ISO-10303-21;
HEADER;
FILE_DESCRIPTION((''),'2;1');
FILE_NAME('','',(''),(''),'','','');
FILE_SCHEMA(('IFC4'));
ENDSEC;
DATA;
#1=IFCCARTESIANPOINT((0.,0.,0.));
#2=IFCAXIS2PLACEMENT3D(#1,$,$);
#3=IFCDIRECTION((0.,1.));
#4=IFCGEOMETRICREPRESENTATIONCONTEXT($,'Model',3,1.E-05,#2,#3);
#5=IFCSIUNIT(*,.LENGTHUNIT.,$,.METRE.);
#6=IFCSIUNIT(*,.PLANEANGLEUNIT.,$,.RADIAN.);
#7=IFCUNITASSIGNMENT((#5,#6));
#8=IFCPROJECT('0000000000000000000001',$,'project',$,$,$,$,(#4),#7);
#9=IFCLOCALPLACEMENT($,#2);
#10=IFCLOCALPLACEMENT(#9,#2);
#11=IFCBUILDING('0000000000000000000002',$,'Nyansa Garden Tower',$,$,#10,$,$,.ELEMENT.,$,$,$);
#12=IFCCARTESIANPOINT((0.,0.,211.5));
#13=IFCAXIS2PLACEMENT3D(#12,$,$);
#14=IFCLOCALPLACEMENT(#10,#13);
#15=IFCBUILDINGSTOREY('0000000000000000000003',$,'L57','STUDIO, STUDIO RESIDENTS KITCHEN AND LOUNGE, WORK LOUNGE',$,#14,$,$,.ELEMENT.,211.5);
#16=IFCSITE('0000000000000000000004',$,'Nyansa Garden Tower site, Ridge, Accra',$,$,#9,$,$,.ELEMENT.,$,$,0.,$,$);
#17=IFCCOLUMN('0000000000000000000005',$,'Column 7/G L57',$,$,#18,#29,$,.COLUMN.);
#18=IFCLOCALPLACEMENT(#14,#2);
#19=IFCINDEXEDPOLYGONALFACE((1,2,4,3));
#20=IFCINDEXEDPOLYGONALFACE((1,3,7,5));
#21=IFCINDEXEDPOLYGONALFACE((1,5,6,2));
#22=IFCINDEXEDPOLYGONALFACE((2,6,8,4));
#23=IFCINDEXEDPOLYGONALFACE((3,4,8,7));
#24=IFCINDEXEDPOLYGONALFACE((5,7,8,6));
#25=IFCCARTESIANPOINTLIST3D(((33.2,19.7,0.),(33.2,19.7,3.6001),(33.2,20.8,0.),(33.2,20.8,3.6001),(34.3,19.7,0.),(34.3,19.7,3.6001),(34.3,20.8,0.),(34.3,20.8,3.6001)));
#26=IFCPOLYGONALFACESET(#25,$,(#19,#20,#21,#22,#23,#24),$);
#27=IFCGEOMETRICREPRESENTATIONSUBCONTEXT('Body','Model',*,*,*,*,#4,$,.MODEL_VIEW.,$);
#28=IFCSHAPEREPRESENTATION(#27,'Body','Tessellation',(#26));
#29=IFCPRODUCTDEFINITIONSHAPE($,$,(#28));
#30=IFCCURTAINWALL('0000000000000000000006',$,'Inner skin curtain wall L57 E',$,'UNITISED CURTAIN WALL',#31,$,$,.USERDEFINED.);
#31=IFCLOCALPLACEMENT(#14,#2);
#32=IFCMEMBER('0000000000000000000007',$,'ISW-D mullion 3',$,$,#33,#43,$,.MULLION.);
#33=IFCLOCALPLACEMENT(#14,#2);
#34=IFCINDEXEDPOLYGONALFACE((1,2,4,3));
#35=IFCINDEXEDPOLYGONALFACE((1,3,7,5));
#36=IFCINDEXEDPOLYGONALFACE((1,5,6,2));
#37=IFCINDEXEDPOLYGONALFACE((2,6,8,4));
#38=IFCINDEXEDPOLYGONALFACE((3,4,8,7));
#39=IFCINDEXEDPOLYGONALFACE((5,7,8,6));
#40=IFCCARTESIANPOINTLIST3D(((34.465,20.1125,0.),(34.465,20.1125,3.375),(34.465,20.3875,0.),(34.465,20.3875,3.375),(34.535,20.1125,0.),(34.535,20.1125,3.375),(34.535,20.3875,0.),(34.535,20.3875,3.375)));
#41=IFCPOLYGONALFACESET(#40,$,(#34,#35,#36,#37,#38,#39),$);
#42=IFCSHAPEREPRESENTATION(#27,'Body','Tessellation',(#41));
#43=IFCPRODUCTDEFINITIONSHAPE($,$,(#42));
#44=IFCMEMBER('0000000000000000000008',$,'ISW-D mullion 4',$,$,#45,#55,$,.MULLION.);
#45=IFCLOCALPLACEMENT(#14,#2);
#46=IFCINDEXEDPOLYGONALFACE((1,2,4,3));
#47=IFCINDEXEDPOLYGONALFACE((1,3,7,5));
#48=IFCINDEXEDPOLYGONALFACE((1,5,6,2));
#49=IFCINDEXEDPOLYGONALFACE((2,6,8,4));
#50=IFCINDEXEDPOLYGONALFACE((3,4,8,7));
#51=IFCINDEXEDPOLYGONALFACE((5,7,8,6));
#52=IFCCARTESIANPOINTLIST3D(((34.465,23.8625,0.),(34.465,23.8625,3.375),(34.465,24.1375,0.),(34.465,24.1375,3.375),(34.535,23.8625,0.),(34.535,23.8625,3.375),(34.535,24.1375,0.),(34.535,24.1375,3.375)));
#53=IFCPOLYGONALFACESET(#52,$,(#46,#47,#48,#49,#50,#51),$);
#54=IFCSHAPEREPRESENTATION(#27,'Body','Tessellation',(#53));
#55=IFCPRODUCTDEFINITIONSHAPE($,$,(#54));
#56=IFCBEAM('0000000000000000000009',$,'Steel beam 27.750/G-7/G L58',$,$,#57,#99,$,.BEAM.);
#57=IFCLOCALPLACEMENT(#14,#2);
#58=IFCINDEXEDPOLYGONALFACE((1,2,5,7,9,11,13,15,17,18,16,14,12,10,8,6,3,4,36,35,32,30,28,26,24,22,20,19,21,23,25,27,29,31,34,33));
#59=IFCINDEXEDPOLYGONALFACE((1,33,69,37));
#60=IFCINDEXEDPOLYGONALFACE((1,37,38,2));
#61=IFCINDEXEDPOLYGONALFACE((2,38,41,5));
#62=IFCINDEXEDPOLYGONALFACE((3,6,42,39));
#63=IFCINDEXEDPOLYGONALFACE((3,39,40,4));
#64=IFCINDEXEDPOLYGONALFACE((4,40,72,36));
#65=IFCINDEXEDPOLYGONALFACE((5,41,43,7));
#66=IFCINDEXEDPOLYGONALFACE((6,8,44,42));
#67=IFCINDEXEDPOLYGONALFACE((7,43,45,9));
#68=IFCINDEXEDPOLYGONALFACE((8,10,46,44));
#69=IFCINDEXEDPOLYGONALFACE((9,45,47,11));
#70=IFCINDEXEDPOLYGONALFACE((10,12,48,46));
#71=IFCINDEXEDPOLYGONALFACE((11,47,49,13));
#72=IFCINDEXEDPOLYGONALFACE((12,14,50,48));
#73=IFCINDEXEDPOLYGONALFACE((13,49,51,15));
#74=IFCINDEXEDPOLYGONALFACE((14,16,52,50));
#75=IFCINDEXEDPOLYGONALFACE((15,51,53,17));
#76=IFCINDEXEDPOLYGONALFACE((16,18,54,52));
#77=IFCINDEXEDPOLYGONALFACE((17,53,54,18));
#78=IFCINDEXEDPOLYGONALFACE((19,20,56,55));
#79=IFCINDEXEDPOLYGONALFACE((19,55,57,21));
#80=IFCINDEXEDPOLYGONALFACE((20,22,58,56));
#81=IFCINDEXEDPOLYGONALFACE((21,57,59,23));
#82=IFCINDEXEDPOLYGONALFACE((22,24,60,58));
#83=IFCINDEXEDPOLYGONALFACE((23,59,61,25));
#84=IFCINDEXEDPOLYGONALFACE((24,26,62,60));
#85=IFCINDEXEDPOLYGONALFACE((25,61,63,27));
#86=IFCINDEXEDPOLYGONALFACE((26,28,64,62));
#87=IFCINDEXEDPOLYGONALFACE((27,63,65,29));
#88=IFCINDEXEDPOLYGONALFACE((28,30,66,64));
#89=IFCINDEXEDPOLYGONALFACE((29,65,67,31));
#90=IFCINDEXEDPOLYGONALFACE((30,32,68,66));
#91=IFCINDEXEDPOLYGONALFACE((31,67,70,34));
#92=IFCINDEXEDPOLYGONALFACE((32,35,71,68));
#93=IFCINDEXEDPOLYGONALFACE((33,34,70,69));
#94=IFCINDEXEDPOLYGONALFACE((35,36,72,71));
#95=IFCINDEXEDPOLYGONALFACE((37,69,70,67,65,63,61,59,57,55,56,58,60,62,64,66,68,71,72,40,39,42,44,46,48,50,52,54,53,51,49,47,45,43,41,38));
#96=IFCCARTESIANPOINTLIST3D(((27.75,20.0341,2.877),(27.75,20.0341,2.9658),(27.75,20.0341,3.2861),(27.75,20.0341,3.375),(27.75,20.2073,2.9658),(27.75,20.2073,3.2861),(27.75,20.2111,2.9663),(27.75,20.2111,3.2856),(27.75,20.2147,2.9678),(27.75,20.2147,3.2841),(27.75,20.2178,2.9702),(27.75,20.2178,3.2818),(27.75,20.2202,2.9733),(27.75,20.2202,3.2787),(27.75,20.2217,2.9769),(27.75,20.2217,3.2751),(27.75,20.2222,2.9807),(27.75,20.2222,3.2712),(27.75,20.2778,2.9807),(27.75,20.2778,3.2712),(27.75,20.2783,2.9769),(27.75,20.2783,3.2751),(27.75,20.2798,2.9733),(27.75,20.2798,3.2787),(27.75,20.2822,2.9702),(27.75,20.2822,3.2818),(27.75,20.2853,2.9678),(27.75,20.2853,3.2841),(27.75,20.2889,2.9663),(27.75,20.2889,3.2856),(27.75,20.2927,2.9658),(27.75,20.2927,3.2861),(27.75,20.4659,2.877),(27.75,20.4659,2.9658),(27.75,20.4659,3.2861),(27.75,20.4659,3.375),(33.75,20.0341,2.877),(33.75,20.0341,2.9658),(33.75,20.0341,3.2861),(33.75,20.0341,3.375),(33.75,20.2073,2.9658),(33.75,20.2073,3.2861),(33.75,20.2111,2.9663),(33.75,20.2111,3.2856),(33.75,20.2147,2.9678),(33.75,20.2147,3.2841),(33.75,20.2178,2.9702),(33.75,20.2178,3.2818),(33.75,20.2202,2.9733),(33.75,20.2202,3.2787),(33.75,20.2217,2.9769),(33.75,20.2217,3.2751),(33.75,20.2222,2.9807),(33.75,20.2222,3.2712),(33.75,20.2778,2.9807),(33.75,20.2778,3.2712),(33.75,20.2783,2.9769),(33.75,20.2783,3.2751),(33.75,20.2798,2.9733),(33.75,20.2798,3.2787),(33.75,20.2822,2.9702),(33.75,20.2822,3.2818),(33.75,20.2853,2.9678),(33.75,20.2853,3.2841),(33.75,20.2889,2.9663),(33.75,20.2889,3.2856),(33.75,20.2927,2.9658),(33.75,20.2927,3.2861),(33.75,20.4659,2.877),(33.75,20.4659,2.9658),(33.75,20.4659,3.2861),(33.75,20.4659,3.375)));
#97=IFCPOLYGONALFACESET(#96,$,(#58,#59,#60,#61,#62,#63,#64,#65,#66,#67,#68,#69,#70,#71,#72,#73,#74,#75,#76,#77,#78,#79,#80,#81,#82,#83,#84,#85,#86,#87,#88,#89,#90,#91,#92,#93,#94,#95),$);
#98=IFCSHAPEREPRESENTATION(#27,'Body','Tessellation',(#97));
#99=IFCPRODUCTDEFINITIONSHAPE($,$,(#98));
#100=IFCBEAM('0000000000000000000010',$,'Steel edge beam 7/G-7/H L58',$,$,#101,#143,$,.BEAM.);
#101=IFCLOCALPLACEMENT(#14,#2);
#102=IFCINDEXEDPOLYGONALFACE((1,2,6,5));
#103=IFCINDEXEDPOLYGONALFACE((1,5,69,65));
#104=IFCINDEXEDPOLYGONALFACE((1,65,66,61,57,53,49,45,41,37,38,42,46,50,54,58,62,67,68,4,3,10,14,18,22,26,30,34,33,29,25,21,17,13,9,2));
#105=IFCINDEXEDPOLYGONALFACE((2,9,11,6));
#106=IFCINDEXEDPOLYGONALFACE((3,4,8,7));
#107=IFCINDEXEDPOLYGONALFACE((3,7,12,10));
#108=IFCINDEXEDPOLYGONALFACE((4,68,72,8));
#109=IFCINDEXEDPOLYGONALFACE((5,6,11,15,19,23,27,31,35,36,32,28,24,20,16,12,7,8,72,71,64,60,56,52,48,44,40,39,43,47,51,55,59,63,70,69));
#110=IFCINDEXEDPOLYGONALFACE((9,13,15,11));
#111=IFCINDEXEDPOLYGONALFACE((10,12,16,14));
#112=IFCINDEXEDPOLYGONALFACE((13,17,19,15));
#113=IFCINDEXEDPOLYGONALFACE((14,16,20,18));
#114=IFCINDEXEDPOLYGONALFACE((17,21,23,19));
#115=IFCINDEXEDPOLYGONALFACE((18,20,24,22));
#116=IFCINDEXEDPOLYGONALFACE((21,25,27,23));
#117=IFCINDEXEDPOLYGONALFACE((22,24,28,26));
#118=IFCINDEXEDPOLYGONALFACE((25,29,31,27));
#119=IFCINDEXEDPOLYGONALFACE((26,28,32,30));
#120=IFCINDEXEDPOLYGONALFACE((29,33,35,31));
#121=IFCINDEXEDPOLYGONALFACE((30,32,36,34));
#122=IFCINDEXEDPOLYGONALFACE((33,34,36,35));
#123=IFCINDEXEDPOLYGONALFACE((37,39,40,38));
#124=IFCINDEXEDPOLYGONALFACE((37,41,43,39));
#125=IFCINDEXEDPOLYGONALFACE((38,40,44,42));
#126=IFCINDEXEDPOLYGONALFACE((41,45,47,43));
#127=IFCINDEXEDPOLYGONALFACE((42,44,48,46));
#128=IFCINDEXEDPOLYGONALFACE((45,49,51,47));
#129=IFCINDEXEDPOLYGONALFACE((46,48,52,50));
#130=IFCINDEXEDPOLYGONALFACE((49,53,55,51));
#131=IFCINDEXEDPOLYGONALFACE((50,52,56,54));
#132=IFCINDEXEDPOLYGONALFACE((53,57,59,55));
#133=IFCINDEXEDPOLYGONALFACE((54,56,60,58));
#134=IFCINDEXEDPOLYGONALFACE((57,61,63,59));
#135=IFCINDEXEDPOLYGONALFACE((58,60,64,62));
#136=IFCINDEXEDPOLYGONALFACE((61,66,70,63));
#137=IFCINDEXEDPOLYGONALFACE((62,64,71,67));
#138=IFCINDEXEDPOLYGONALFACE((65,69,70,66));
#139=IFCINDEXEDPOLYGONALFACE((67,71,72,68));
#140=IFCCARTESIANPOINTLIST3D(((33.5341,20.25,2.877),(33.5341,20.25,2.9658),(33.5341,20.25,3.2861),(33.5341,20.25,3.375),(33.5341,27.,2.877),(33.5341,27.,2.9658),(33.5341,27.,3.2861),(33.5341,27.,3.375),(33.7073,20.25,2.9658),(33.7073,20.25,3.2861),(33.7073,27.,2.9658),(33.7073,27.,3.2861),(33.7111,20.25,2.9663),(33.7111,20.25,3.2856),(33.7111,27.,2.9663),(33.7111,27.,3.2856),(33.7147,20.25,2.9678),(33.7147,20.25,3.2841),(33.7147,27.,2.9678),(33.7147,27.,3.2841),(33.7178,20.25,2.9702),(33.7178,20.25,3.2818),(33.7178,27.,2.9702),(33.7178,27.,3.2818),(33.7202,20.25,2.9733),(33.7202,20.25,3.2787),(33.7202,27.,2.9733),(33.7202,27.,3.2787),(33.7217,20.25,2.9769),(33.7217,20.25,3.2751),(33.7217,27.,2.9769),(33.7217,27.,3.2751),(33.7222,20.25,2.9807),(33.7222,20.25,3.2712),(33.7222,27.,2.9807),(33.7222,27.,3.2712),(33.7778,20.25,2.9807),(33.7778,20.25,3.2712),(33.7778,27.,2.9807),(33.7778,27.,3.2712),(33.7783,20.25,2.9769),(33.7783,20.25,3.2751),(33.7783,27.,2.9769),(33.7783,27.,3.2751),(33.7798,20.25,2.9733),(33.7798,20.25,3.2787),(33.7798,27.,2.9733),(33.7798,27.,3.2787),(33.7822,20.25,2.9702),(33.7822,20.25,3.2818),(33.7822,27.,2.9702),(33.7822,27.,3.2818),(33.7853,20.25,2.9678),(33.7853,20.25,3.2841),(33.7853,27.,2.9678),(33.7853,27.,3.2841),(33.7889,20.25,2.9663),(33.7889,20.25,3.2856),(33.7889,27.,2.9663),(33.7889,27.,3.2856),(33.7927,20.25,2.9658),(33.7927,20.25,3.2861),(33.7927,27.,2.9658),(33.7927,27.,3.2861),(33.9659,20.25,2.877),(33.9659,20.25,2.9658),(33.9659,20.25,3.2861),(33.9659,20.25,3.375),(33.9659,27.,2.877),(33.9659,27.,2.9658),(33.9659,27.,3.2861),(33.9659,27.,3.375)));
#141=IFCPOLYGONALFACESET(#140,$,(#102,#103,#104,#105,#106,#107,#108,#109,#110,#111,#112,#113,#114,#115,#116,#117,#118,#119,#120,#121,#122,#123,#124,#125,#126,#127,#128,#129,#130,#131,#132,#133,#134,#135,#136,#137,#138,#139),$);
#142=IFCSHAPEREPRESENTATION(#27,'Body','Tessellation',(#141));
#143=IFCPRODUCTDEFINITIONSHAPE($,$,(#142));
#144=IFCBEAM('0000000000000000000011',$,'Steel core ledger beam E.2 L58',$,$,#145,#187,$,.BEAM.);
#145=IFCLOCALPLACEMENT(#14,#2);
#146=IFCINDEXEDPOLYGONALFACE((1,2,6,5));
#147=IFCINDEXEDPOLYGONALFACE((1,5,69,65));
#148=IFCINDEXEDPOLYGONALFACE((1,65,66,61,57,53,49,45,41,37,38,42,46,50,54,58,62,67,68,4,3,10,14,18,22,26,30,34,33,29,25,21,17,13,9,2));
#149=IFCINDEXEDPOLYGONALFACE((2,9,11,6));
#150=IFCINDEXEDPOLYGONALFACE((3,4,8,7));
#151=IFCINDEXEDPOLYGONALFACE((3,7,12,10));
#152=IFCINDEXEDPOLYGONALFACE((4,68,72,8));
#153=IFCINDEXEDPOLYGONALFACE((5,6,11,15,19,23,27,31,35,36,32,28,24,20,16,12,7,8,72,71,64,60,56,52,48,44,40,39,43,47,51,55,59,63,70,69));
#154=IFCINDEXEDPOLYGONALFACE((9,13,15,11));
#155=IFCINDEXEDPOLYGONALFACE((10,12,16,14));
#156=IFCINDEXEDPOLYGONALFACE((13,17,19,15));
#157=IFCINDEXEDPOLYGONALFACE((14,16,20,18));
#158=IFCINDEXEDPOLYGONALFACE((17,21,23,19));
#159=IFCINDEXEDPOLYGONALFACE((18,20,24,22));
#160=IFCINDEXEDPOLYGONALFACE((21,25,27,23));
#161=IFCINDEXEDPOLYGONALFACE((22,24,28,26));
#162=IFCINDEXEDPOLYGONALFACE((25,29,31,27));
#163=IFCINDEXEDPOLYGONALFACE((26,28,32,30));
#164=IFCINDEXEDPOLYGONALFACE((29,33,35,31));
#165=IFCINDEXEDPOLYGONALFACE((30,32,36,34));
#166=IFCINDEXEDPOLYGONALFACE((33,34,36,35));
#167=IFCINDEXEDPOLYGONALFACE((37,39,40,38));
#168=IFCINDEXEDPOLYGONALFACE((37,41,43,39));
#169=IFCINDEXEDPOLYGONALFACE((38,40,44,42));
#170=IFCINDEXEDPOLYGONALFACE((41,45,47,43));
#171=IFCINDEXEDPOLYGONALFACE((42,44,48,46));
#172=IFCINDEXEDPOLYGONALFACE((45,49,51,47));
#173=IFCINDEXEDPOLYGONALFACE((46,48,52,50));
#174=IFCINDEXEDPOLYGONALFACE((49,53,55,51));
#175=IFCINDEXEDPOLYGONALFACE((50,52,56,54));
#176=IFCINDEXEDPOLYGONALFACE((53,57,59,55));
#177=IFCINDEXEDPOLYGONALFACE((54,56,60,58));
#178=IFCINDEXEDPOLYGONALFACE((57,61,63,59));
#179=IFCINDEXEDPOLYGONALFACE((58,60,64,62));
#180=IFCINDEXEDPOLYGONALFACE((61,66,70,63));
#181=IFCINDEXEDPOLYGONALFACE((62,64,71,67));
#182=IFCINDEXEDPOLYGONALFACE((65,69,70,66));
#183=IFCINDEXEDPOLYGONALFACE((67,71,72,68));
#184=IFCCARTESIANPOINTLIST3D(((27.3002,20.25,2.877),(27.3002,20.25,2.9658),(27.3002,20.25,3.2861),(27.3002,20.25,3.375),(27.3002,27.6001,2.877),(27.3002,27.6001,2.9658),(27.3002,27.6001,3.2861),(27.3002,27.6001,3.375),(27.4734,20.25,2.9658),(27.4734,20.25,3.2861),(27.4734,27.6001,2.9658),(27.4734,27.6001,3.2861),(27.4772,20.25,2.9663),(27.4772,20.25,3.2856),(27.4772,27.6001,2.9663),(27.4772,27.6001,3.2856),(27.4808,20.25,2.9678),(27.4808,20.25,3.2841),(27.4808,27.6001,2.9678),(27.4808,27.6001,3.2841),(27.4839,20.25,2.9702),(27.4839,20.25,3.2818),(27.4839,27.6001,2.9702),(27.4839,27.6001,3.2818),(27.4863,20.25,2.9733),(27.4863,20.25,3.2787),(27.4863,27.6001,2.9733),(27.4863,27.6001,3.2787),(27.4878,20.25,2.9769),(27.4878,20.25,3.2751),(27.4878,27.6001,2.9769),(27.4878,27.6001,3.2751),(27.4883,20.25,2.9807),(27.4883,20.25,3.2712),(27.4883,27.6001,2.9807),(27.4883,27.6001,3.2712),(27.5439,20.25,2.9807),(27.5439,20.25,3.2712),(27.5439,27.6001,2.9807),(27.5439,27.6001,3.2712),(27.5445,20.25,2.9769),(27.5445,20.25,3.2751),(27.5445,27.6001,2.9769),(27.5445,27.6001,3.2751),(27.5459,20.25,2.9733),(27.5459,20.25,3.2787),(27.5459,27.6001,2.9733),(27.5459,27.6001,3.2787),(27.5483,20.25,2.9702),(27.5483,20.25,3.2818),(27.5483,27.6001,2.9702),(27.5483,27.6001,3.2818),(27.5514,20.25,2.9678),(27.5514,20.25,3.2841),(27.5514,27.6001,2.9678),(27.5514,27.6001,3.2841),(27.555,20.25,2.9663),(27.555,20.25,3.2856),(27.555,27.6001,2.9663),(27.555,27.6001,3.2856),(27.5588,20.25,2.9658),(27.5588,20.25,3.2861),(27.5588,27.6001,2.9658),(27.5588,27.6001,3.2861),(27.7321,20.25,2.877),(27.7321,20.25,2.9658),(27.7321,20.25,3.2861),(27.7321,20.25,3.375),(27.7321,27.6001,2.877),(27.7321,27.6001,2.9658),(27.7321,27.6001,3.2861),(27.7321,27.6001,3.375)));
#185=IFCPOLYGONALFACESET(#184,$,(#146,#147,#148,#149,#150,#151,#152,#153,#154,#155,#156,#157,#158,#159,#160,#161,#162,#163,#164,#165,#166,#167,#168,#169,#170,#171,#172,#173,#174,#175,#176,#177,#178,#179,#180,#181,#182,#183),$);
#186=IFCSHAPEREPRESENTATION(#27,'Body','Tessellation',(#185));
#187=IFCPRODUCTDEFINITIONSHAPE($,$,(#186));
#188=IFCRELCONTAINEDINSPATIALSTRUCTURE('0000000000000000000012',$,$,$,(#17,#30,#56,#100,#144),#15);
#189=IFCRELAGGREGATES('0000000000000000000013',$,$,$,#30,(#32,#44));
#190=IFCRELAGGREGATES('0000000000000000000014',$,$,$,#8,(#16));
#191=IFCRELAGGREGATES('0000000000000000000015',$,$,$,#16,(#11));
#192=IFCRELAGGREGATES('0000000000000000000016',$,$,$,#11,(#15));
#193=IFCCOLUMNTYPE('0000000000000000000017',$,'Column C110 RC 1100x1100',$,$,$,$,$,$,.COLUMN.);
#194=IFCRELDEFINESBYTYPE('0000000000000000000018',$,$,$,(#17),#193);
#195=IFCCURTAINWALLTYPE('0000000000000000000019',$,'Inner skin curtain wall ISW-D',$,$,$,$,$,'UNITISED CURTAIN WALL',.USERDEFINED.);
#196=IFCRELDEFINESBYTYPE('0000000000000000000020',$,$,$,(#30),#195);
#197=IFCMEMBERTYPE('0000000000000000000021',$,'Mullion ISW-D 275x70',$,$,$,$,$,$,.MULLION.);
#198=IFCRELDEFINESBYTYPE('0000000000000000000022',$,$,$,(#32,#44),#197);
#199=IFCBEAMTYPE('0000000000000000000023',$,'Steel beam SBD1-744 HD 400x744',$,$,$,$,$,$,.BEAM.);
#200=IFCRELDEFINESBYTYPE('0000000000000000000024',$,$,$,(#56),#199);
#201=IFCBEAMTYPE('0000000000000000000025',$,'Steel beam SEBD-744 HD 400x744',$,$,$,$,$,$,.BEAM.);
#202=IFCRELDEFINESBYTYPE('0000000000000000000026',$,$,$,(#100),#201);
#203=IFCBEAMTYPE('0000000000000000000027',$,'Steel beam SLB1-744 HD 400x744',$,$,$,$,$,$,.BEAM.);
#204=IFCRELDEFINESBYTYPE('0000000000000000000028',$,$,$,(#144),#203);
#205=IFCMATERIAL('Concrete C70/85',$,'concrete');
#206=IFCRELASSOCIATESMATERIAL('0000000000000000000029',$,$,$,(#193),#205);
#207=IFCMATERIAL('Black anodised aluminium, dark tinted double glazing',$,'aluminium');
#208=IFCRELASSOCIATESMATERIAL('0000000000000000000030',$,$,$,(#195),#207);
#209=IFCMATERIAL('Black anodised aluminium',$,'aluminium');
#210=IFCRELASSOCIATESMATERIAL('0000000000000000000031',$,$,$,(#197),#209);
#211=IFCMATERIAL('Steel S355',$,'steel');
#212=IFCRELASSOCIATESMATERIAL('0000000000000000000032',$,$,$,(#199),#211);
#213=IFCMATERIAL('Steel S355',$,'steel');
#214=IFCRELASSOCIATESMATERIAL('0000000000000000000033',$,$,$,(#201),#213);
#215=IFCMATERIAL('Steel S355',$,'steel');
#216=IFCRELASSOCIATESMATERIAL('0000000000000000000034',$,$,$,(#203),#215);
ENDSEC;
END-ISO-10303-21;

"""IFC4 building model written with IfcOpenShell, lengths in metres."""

from ifc_helpers import new_model, si_unit, direction, frame, origin, origin_2d, place, context, subcontext, project, spatial, rectangle, i_section, extrude, material, material_profile, profile_set, type_object, element, aggregate, save


model = new_model("IFC4")

# Units and contexts
model_context = context("Model", 3, precision=1e-05, world=origin(), true_north=direction((0.0, 1.0)))
body_context = subcontext(model_context, "Body", "Model", "MODEL_VIEW")
ifc_project = project(units=[si_unit("LENGTHUNIT", "METRE"), si_unit("PLANEANGLEUNIT", "RADIAN")], contexts=[model_context])

# Site, building, storey
site_placement = place(None, origin())
site = spatial("IfcSite", under=ifc_project, at=site_placement, Name="Nyansa Garden Tower site, Ridge, Accra", CompositionType="ELEMENT", RefElevation=0.0)
building_placement = place(site_placement, origin())
building = spatial("IfcBuilding", under=site, at=building_placement, Name="Nyansa Garden Tower", CompositionType="ELEMENT")
storey_placement = place(building_placement, frame((0.0, 0.0, 211.5)))
storey = spatial("IfcBuildingStorey", under=building, at=storey_placement, Name="L57", Description="STUDIO, STUDIO RESIDENTS KITCHEN AND LOUNGE, WORK LOUNGE", CompositionType="ELEMENT", Elevation=211.5)

# Column
ifc_material_1 = material(Name="Concrete C70/85", Category="concrete")
ifc_material_profile_1 = material_profile(ifc_material_1, rectangle(XDim=1.1001, YDim=1.1001, at=origin_2d()), Name="RC 1100x1100")
ifc_profile_set_1 = profile_set([ifc_material_profile_1], Name="Concrete C70/85")
column_type = type_object("IfcColumnType", Name="Column C110 RC 1100x1100", PredefinedType="COLUMN", material=ifc_profile_set_1)
column_placement = place(storey_placement, frame((33.75, 20.25, 0.0), z_axis=(0.0, 0.0, 1.0), x_axis=(1.0, 0.0, 0.0)))
element("IfcColumn", 1, at=column_placement, inside=storey, type_object=column_type, Name="Column 7/G L57", PredefinedType="COLUMN", context=body_context, shape_type="SweptSolid", body=[
    extrude(rectangle(XDim=1.1001, YDim=1.1001, at=origin_2d()), origin(), (0.0, 0.0, 1.0), 3.6001),
])

# Curtain wall, members
ifc_material_2 = material(Name="Black anodised aluminium, dark tinted double glazing", Category="aluminium")
curtain_wall_type = type_object("IfcCurtainWallType", Name="Inner skin curtain wall ISW-D", ElementType="UNITISED CURTAIN WALL", PredefinedType="USERDEFINED", material=ifc_material_2)
curtain_wall_placement = place(storey_placement, origin())
curtain_wall = element("IfcCurtainWall", 2, at=curtain_wall_placement, inside=storey, type_object=curtain_wall_type, Name="Inner skin curtain wall L57 E", ObjectType="UNITISED CURTAIN WALL", PredefinedType="USERDEFINED")
ifc_material_3 = material(Name="Black anodised aluminium", Category="aluminium")
ifc_material_profile_2 = material_profile(ifc_material_3, rectangle(XDim=0.0701, YDim=0.2749, at=origin_2d()), Name="Mullion 275x70")
ifc_profile_set_2 = profile_set([ifc_material_profile_2], Name="Black anodised aluminium")
member_type_1 = type_object("IfcMemberType", Name="Mullion ISW-D 275x70", PredefinedType="MULLION", material=ifc_profile_set_2)
member_1_placement = place(storey_placement, frame((34.5, 20.25, 0.0), z_axis=(0.0, 0.0, 1.0), x_axis=(-1.0, 0.0, 0.0)))
member_1 = element("IfcMember", 3, at=member_1_placement, type_object=member_type_1, Name="ISW-D mullion 3", PredefinedType="MULLION", context=body_context, shape_type="SweptSolid", body=[
    extrude(rectangle(XDim=0.0701, YDim=0.2749, at=origin_2d()), origin(), (0.0, 0.0, 1.0), 3.375),
])
member_2_placement = place(storey_placement, frame((34.5, 24.0, 0.0), z_axis=(0.0, 0.0, 1.0), x_axis=(-1.0, 0.0, 0.0)))
member_2 = element("IfcMember", 4, at=member_2_placement, type_object=member_type_1, Name="ISW-D mullion 4", PredefinedType="MULLION", context=body_context, shape_type="SweptSolid", body=[
    extrude(rectangle(XDim=0.0701, YDim=0.2749, at=origin_2d()), origin(), (0.0, 0.0, 1.0), 3.375),
])

# Beams
ifc_material_4 = material(Name="Steel S355", Category="steel")
ifc_material_profile_3 = material_profile(ifc_material_4, i_section(OverallWidth=0.4319, OverallDepth=0.498, WebThickness=0.0557, FlangeThickness=0.0889, FilletRadius=0.0149, at=origin_2d()), Name="HD 400x744")
ifc_profile_set_3 = profile_set([ifc_material_profile_3], Name="Steel S355")
beam_type_1 = type_object("IfcBeamType", Name="Steel beam SBD1-744 HD 400x744", PredefinedType="BEAM", material=ifc_profile_set_3)
beam_1_placement = place(storey_placement, frame((27.75, 20.25, 3.126), z_axis=(1.0, 0.0, 0.0), x_axis=(0.0, 1.0, 0.0)))
element("IfcBeam", 5, at=beam_1_placement, inside=storey, type_object=beam_type_1, Name="Steel beam 27.750/G-7/G L58", PredefinedType="BEAM", context=body_context, shape_type="SweptSolid", body=[
    extrude(i_section(OverallWidth=0.4319, OverallDepth=0.498, WebThickness=0.0557, FlangeThickness=0.0889, FilletRadius=0.0149, at=origin_2d()), origin(), (0.0, 0.0, 1.0), 6.0),
])
ifc_material_5 = material(Name="Steel S355", Category="steel")
ifc_material_profile_4 = material_profile(ifc_material_5, i_section(OverallWidth=0.4319, OverallDepth=0.498, WebThickness=0.0557, FlangeThickness=0.0889, FilletRadius=0.0149, at=origin_2d()), Name="HD 400x744")
ifc_profile_set_4 = profile_set([ifc_material_profile_4], Name="Steel S355")
beam_type_2 = type_object("IfcBeamType", Name="Steel beam SEBD-744 HD 400x744", PredefinedType="BEAM", material=ifc_profile_set_4)
beam_2_placement = place(storey_placement, frame((33.75, 20.25, 3.126), z_axis=(0.0, 1.0, 0.0), x_axis=(-1.0, 0.0, 0.0)))
element("IfcBeam", 6, at=beam_2_placement, inside=storey, type_object=beam_type_2, Name="Steel edge beam 7/G-7/H L58", PredefinedType="BEAM", context=body_context, shape_type="SweptSolid", body=[
    extrude(i_section(OverallWidth=0.4319, OverallDepth=0.498, WebThickness=0.0557, FlangeThickness=0.0889, FilletRadius=0.0149, at=origin_2d()), origin(), (0.0, 0.0, 1.0), 6.75),
])
ifc_material_6 = material(Name="Steel S355", Category="steel")
ifc_material_profile_5 = material_profile(ifc_material_6, i_section(OverallWidth=0.4319, OverallDepth=0.498, WebThickness=0.0557, FlangeThickness=0.0889, FilletRadius=0.0149, at=origin_2d()), Name="HD 400x744")
ifc_profile_set_5 = profile_set([ifc_material_profile_5], Name="Steel S355")
beam_type_3 = type_object("IfcBeamType", Name="Steel beam SLB1-744 HD 400x744", PredefinedType="BEAM", material=ifc_profile_set_5)
beam_3_placement = place(storey_placement, frame((27.5161, 20.25, 3.126), z_axis=(0.0, 1.0, 0.0), x_axis=(-1.0, 0.0, 0.0)))
element("IfcBeam", 7, at=beam_3_placement, inside=storey, type_object=beam_type_3, Name="Steel core ledger beam E.2 L58", PredefinedType="BEAM", context=body_context, shape_type="SweptSolid", body=[
    extrude(i_section(OverallWidth=0.4319, OverallDepth=0.498, WebThickness=0.0557, FlangeThickness=0.0889, FilletRadius=0.0149, at=origin_2d()), origin(), (0.0, 0.0, 1.0), 7.3501),
])

aggregate(curtain_wall, [member_1, member_2])

save(model, "model.ifc")
